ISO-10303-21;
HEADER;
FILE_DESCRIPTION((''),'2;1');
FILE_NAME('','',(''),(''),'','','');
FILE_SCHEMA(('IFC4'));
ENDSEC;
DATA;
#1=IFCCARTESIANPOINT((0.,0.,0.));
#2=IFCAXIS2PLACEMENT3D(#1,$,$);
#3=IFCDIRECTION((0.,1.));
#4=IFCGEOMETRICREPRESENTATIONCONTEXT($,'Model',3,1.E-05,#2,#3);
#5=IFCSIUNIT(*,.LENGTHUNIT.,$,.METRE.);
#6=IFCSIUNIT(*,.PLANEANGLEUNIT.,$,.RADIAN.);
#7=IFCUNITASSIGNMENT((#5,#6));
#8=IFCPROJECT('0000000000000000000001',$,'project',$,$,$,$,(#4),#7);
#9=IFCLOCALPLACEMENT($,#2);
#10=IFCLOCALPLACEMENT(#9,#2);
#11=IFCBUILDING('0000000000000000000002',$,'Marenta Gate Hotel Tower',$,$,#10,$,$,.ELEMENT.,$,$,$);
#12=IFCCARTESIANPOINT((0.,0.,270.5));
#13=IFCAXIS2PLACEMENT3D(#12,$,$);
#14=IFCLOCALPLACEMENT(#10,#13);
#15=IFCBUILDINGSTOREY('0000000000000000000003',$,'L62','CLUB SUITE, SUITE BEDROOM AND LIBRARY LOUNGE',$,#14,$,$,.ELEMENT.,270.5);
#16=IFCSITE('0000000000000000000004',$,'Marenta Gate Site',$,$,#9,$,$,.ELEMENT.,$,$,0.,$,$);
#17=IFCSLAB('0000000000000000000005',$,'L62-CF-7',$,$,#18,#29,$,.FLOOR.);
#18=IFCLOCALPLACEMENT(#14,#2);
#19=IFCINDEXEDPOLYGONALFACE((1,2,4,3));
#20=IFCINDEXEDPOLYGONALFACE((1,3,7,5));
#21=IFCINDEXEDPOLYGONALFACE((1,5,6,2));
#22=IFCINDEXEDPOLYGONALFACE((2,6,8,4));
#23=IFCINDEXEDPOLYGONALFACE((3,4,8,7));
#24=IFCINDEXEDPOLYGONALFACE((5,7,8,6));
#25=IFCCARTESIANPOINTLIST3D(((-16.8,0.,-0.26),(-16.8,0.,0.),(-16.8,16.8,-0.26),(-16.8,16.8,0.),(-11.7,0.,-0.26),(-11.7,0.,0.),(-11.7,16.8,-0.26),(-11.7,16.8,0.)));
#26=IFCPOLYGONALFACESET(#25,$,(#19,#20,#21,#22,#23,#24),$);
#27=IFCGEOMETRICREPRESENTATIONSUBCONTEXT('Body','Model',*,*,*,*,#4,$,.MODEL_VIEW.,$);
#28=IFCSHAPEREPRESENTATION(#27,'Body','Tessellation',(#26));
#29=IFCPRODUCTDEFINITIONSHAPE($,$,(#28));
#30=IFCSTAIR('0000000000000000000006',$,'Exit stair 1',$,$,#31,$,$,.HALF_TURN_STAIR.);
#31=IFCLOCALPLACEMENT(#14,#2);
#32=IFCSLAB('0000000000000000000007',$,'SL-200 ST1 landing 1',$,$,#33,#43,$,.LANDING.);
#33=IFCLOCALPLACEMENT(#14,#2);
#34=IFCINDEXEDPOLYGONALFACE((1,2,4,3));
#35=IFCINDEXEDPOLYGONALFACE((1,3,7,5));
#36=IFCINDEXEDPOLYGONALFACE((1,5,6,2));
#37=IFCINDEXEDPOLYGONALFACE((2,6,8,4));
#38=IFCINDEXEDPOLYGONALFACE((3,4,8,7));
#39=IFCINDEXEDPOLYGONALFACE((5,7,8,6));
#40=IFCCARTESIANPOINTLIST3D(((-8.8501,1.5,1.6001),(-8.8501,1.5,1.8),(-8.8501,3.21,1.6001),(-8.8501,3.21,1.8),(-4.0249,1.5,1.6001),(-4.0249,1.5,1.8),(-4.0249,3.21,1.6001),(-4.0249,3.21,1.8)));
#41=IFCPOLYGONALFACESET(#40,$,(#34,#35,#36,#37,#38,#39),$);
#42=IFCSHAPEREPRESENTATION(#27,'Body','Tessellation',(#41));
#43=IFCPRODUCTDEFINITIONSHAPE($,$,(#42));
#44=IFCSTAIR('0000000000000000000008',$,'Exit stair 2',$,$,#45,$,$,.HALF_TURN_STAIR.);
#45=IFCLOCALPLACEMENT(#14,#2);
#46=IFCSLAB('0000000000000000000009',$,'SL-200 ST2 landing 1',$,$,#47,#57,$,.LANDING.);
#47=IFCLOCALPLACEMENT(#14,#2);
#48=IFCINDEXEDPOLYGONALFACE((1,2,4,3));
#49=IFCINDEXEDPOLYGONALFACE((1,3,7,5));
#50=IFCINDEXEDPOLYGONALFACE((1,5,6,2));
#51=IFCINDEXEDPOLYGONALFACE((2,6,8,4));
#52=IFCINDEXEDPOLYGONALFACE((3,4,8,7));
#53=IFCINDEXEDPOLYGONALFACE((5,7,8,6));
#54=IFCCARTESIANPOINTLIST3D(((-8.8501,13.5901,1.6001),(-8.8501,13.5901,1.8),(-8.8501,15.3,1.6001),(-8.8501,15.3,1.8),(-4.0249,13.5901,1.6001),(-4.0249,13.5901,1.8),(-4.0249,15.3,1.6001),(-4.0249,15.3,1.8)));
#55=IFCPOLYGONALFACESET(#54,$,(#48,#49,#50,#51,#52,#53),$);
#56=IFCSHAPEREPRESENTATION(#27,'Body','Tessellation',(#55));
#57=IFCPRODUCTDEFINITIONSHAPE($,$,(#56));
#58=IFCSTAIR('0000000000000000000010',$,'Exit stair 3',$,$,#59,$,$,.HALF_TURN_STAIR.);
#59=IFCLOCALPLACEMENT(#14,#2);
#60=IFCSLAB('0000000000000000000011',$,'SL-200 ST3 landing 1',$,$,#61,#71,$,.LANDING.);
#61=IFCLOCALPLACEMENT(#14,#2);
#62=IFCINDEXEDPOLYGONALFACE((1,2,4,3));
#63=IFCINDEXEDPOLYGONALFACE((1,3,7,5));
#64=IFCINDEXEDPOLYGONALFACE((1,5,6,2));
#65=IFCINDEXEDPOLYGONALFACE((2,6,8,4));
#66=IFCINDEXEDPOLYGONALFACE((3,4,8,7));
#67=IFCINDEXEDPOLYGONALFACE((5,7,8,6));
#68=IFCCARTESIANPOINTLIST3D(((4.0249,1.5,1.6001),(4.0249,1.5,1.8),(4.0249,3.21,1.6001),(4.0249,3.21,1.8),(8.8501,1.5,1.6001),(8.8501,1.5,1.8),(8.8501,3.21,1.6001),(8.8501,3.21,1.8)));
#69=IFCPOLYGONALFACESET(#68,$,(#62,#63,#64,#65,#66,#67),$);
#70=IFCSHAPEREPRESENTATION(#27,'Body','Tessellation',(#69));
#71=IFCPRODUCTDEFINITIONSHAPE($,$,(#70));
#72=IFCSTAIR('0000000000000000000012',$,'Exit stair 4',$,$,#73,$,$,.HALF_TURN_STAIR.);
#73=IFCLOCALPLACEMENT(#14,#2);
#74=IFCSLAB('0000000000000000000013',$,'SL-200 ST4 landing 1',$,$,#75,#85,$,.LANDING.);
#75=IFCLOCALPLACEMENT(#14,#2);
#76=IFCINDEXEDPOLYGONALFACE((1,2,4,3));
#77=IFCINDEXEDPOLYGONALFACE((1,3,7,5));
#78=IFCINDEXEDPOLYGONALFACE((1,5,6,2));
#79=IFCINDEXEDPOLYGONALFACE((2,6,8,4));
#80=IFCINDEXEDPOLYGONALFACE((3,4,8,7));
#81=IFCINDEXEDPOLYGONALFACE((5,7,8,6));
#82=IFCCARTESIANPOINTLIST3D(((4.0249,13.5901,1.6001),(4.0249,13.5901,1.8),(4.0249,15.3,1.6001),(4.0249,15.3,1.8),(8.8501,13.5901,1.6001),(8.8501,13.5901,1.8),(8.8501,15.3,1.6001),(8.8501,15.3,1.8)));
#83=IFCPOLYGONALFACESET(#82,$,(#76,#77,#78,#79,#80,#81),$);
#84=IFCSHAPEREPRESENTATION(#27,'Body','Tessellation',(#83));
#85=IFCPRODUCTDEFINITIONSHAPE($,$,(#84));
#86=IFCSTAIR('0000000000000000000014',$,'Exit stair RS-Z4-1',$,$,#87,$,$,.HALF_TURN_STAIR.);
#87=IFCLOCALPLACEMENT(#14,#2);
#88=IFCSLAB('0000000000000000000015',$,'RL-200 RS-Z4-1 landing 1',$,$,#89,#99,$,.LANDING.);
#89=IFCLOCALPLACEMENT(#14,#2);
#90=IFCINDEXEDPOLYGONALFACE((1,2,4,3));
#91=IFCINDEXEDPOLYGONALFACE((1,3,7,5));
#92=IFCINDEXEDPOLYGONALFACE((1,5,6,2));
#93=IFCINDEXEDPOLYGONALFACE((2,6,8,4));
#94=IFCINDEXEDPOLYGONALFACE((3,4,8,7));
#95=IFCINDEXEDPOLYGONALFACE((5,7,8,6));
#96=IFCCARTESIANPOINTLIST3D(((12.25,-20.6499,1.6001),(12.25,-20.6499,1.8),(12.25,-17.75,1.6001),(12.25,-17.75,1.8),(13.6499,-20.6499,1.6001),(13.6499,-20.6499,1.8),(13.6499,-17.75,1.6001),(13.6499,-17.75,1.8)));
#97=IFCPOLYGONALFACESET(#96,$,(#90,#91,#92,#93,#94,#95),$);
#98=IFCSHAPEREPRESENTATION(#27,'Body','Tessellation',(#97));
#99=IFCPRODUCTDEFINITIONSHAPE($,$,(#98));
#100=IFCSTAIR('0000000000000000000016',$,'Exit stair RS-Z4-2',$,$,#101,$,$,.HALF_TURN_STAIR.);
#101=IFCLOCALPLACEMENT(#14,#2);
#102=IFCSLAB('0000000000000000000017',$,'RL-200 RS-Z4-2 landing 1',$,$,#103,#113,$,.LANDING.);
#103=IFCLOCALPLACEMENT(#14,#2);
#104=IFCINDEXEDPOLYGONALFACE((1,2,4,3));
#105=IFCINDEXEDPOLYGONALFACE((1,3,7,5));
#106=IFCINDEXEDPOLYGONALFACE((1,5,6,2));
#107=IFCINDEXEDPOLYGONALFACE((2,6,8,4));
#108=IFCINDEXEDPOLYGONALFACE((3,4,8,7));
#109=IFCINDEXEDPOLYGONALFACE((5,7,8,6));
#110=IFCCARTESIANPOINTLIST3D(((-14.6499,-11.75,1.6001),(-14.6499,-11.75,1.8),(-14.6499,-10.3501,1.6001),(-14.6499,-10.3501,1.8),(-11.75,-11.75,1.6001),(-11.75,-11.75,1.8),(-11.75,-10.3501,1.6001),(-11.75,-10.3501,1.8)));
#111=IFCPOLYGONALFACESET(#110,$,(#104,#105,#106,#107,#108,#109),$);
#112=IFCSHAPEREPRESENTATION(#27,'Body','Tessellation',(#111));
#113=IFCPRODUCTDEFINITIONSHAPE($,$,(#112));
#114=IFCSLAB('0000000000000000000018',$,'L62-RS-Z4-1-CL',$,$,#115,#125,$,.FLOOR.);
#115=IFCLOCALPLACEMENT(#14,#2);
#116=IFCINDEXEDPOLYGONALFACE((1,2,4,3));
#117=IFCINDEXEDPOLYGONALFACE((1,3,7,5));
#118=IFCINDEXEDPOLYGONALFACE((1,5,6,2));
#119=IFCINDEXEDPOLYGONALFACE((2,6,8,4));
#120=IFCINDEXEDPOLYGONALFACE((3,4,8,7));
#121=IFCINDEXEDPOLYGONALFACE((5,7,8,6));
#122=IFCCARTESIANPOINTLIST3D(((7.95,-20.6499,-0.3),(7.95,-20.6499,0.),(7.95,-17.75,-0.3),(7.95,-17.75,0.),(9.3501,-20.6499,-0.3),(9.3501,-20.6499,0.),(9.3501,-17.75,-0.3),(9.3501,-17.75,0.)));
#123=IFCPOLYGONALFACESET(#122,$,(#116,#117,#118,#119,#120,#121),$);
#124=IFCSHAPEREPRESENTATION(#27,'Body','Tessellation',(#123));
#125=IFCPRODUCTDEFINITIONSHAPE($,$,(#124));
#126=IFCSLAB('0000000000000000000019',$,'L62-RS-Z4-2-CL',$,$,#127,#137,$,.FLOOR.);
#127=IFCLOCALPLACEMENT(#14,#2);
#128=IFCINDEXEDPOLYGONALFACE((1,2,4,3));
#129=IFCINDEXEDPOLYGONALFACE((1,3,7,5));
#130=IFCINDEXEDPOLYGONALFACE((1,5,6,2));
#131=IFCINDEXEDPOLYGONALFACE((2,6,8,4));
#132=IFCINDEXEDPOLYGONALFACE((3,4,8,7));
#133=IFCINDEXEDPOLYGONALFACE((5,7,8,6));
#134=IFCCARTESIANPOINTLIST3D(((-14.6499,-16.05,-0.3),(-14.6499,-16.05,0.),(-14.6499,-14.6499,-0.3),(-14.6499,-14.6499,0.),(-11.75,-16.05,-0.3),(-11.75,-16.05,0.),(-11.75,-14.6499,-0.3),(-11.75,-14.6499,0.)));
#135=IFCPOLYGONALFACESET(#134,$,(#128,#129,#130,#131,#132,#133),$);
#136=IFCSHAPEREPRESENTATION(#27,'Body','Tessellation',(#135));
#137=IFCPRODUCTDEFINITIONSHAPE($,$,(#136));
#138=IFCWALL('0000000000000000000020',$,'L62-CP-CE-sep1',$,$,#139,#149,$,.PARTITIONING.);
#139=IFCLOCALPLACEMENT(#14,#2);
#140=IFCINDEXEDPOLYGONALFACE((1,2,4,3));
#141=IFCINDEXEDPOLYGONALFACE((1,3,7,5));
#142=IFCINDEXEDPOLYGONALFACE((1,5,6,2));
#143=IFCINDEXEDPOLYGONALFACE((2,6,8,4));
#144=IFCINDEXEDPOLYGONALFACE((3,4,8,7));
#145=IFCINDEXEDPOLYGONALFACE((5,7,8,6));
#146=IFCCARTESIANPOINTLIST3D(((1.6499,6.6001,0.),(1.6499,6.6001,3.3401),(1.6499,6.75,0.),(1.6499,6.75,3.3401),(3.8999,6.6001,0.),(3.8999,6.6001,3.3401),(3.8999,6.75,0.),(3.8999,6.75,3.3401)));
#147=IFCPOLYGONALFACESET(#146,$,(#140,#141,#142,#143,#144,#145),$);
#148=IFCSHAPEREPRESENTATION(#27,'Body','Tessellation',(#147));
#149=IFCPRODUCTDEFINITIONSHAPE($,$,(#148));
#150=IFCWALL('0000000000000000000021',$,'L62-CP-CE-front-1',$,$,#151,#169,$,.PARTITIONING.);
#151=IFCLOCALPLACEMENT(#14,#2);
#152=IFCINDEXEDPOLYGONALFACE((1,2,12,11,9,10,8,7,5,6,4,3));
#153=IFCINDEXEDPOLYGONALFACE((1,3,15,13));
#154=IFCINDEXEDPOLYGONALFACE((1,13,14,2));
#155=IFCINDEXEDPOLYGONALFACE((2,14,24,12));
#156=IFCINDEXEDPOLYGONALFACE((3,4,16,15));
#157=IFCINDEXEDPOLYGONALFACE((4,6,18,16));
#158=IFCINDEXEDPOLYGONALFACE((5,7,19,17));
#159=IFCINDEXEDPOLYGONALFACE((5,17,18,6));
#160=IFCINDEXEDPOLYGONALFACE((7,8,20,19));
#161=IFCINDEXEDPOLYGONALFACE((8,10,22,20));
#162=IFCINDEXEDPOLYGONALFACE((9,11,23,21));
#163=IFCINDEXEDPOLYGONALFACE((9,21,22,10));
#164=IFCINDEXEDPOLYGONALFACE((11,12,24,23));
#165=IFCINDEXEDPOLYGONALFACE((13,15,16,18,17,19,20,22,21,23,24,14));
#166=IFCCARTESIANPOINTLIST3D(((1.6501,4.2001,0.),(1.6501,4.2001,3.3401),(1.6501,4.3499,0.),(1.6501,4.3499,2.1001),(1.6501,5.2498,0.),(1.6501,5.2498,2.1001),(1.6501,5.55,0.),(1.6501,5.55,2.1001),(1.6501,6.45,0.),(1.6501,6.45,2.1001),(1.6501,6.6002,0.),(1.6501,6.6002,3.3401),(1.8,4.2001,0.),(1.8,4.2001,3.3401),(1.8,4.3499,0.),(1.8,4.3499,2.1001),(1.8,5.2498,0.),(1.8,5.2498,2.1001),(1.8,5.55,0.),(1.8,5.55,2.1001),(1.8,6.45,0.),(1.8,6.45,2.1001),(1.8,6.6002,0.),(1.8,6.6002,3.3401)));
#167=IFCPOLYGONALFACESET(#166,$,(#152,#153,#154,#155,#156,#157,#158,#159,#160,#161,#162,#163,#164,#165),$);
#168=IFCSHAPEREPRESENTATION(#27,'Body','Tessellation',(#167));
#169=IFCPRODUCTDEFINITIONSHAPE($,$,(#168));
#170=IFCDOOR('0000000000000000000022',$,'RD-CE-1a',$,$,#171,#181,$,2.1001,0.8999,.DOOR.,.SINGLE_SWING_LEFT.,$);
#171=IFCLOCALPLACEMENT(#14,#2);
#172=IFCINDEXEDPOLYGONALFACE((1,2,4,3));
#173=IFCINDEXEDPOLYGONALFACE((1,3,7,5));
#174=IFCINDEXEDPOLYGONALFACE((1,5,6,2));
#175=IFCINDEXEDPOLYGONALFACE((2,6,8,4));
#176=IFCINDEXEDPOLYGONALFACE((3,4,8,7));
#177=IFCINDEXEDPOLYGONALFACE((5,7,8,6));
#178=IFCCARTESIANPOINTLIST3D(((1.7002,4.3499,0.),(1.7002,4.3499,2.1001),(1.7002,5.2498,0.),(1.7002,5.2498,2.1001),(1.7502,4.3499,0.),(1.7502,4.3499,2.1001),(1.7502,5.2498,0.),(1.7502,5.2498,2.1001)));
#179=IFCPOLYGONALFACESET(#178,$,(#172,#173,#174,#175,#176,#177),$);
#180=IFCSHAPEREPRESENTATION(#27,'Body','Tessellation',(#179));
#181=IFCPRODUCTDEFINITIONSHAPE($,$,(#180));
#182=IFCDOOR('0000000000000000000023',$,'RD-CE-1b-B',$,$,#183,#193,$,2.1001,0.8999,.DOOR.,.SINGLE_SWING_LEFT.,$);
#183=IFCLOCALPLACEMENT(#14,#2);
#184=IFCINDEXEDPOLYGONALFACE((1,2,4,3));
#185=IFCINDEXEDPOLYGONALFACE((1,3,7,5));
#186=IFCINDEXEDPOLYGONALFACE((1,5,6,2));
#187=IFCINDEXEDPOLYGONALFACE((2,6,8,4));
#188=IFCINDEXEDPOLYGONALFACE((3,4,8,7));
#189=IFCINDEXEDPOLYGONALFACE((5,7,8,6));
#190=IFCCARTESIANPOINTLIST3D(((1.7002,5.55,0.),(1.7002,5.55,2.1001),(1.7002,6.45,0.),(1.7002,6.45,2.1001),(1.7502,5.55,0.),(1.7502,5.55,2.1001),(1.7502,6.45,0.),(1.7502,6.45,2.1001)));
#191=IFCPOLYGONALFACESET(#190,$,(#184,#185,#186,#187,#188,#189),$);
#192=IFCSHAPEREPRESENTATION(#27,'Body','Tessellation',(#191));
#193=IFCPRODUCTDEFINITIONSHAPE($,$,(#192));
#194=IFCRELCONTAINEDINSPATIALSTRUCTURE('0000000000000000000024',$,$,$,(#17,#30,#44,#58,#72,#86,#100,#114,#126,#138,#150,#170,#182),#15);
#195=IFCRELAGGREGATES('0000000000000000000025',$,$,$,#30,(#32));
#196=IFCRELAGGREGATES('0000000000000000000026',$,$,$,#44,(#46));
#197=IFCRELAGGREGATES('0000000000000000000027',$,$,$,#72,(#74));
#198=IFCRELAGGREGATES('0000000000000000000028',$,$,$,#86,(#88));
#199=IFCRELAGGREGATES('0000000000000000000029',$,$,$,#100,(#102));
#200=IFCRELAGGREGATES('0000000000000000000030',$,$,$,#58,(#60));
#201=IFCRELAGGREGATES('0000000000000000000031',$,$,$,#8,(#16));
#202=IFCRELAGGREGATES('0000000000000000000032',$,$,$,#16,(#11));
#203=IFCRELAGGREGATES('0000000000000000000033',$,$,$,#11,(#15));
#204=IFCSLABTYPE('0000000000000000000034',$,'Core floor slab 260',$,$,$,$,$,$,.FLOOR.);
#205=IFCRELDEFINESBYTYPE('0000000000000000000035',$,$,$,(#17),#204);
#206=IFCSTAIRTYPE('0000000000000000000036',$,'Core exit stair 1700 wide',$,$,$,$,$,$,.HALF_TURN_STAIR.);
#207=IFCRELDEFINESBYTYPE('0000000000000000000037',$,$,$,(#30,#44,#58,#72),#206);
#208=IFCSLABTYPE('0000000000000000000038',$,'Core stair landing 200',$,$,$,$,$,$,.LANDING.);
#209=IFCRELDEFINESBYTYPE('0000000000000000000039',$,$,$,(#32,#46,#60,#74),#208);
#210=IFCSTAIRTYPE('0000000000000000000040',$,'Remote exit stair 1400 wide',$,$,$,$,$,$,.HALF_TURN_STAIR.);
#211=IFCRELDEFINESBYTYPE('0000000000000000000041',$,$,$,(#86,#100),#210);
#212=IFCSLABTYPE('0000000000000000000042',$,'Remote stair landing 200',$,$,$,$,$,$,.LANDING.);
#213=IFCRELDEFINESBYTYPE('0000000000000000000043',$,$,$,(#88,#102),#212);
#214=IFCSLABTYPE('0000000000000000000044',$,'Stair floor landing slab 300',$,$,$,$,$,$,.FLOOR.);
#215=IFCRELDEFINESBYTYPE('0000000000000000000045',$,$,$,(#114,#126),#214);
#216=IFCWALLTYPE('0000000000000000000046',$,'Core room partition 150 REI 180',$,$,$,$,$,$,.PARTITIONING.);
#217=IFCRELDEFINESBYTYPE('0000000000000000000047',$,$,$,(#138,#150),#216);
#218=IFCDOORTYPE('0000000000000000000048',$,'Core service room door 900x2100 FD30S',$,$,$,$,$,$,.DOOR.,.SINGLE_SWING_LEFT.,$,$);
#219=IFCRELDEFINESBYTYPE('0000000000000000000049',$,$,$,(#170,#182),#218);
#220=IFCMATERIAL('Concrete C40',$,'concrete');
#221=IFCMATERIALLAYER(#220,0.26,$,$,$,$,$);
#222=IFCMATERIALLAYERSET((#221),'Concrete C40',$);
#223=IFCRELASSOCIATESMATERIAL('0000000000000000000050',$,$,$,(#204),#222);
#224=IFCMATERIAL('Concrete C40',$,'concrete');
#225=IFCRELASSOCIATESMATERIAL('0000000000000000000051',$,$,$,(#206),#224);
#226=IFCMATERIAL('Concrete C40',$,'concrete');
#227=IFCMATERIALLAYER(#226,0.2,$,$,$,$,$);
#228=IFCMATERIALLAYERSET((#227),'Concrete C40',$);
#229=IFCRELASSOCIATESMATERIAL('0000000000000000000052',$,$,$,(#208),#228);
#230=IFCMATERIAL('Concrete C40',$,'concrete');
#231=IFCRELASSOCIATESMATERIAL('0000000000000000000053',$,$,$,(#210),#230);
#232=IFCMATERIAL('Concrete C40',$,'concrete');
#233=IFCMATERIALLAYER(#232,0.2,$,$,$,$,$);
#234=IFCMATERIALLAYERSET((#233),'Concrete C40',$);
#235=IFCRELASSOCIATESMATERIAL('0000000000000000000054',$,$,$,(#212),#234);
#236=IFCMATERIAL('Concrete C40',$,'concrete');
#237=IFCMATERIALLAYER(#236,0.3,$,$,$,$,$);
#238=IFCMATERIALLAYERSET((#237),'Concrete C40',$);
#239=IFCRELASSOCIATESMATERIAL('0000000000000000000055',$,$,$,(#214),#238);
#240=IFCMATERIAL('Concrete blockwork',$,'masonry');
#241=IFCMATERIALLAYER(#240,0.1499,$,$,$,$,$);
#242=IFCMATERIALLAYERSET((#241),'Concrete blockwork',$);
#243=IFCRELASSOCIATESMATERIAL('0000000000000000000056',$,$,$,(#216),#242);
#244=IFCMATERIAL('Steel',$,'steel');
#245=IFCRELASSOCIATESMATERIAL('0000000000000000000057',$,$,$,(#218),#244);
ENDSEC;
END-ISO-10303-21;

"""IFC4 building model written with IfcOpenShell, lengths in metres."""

from ifc_helpers import new_model, si_unit, direction, frame, frame_2d, origin, place, context, subcontext, project, spatial, polyline, rectangle, outline, extrude, material, layer, layer_set, type_object, element, fill, aggregate, save


model = new_model("IFC4")

# Units and contexts
model_context = context("Model", 3, precision=1e-05, world=origin(), true_north=direction((0.0, 1.0)))
body_context = subcontext(model_context, "Body", "Model", "MODEL_VIEW")
ifc_project = project(units=[si_unit("LENGTHUNIT", "METRE"), si_unit("PLANEANGLEUNIT", "RADIAN")], contexts=[model_context])

# Site, building, storey
site_placement = place(None, origin())
site = spatial("IfcSite", under=ifc_project, at=site_placement, Name="Marenta Gate Site", CompositionType="ELEMENT", RefElevation=0.0)
building_placement = place(site_placement, origin())
building = spatial("IfcBuilding", under=site, at=building_placement, Name="Marenta Gate Hotel Tower", CompositionType="ELEMENT")
storey_placement = place(building_placement, frame((0.0, 0.0, 270.5)))
storey = spatial("IfcBuildingStorey", under=building, at=storey_placement, Name="L62", Description="CLUB SUITE, SUITE BEDROOM AND LIBRARY LOUNGE", CompositionType="ELEMENT", Elevation=270.5)

# Slab
ifc_material_1 = material(Name="Concrete C40", Category="concrete")
ifc_layer_1 = layer(ifc_material_1, 0.26)
ifc_layer_set_1 = layer_set([ifc_layer_1], Name="Concrete C40")
slab_type_1 = type_object("IfcSlabType", Name="Core floor slab 260", PredefinedType="FLOOR", material=ifc_layer_set_1)
slab_1_placement = place(storey_placement, frame((0.0, 0.0, -0.26)))
element("IfcSlab", 1, at=slab_1_placement, inside=storey, type_object=slab_type_1, Name="L62-CF-7", PredefinedType="FLOOR", context=body_context, shape_type="SweptSolid", body=[
    extrude(outline(polyline([(-11.7, 16.8), (-11.7, 0.0), (-16.8, 0.0), (-16.8, 16.8), (-11.7, 16.8)])), origin(), (0.0, 0.0, 1.0), 0.26),
])

# Stairs, slabs
ifc_material_2 = material(Name="Concrete C40", Category="concrete")
stair_type_1 = type_object("IfcStairType", Name="Core exit stair 1700 wide", PredefinedType="HALF_TURN_STAIR", material=ifc_material_2)
stair_1_placement = place(storey_placement, origin())
stair_1 = element("IfcStair", 2, at=stair_1_placement, inside=storey, type_object=stair_type_1, Name="Exit stair 1", PredefinedType="HALF_TURN_STAIR")
ifc_material_3 = material(Name="Concrete C40", Category="concrete")
ifc_layer_2 = layer(ifc_material_3, 0.2)
ifc_layer_set_2 = layer_set([ifc_layer_2], Name="Concrete C40")
slab_type_2 = type_object("IfcSlabType", Name="Core stair landing 200", PredefinedType="LANDING", material=ifc_layer_set_2)
slab_2_placement = place(storey_placement, frame((0.0, 0.0, 1.6001)))
slab_2 = element("IfcSlab", 3, at=slab_2_placement, type_object=slab_type_2, Name="SL-200 ST1 landing 1", PredefinedType="LANDING", context=body_context, shape_type="SweptSolid", body=[
    extrude(outline(polyline([(-8.8501, 1.5), (-4.0249, 1.5), (-4.0249, 3.21), (-8.8501, 3.21), (-8.8501, 1.5)])), origin(), (0.0, 0.0, 1.0), 0.2),
])
aggregate(stair_1, [slab_2])
stair_2_placement = place(storey_placement, origin())
stair_2 = element("IfcStair", 4, at=stair_2_placement, inside=storey, type_object=stair_type_1, Name="Exit stair 2", PredefinedType="HALF_TURN_STAIR")
slab_3_placement = place(storey_placement, frame((0.0, 0.0, 1.6001)))
slab_3 = element("IfcSlab", 5, at=slab_3_placement, type_object=slab_type_2, Name="SL-200 ST2 landing 1", PredefinedType="LANDING", context=body_context, shape_type="SweptSolid", body=[
    extrude(outline(polyline([(-8.8501, 13.5901), (-4.0249, 13.5901), (-4.0249, 15.3), (-8.8501, 15.3), (-8.8501, 13.5901)])), origin(), (0.0, 0.0, 1.0), 0.2),
])
aggregate(stair_2, [slab_3])
stair_3_placement = place(storey_placement, origin())
stair_3 = element("IfcStair", 6, at=stair_3_placement, inside=storey, type_object=stair_type_1, Name="Exit stair 3", PredefinedType="HALF_TURN_STAIR")
slab_4_placement = place(storey_placement, frame((0.0, 0.0, 1.6001)))
slab_4 = element("IfcSlab", 7, at=slab_4_placement, type_object=slab_type_2, Name="SL-200 ST3 landing 1", PredefinedType="LANDING", context=body_context, shape_type="SweptSolid", body=[
    extrude(outline(polyline([(4.0249, 1.5), (8.8501, 1.5), (8.8501, 3.21), (4.0249, 3.21), (4.0249, 1.5)])), origin(), (0.0, 0.0, 1.0), 0.2),
])
stair_4_placement = place(storey_placement, origin())
stair_4 = element("IfcStair", 8, at=stair_4_placement, inside=storey, type_object=stair_type_1, Name="Exit stair 4", PredefinedType="HALF_TURN_STAIR")
slab_5_placement = place(storey_placement, frame((0.0, 0.0, 1.6001)))
slab_5 = element("IfcSlab", 9, at=slab_5_placement, type_object=slab_type_2, Name="SL-200 ST4 landing 1", PredefinedType="LANDING", context=body_context, shape_type="SweptSolid", body=[
    extrude(outline(polyline([(4.0249, 13.5901), (8.8501, 13.5901), (8.8501, 15.3), (4.0249, 15.3), (4.0249, 13.5901)])), origin(), (0.0, 0.0, 1.0), 0.2),
])
aggregate(stair_4, [slab_5])
ifc_material_4 = material(Name="Concrete C40", Category="concrete")
stair_type_2 = type_object("IfcStairType", Name="Remote exit stair 1400 wide", PredefinedType="HALF_TURN_STAIR", material=ifc_material_4)
stair_5_placement = place(storey_placement, origin())
stair_5 = element("IfcStair", 10, at=stair_5_placement, inside=storey, type_object=stair_type_2, Name="Exit stair RS-Z4-1", PredefinedType="HALF_TURN_STAIR")
ifc_material_5 = material(Name="Concrete C40", Category="concrete")
ifc_layer_3 = layer(ifc_material_5, 0.2)
ifc_layer_set_3 = layer_set([ifc_layer_3], Name="Concrete C40")
slab_type_3 = type_object("IfcSlabType", Name="Remote stair landing 200", PredefinedType="LANDING", material=ifc_layer_set_3)
slab_6_placement = place(storey_placement, frame((0.0, 0.0, 1.6001)))
slab_6 = element("IfcSlab", 11, at=slab_6_placement, type_object=slab_type_3, Name="RL-200 RS-Z4-1 landing 1", PredefinedType="LANDING", context=body_context, shape_type="SweptSolid", body=[
    extrude(outline(polyline([(12.25, -20.6499), (13.6499, -20.6499), (13.6499, -17.75), (12.25, -17.75), (12.25, -20.6499)])), origin(), (0.0, 0.0, 1.0), 0.2),
])
aggregate(stair_5, [slab_6])
stair_6_placement = place(storey_placement, origin())
stair_6 = element("IfcStair", 12, at=stair_6_placement, inside=storey, type_object=stair_type_2, Name="Exit stair RS-Z4-2", PredefinedType="HALF_TURN_STAIR")
slab_7_placement = place(storey_placement, frame((0.0, 0.0, 1.6001)))
slab_7 = element("IfcSlab", 13, at=slab_7_placement, type_object=slab_type_3, Name="RL-200 RS-Z4-2 landing 1", PredefinedType="LANDING", context=body_context, shape_type="SweptSolid", body=[
    extrude(outline(polyline([(-14.6499, -11.75), (-11.75, -11.75), (-11.75, -10.3501), (-14.6499, -10.3501), (-14.6499, -11.75)])), origin(), (0.0, 0.0, 1.0), 0.2),
])
aggregate(stair_6, [slab_7])

# Slabs
ifc_material_6 = material(Name="Concrete C40", Category="concrete")
ifc_layer_4 = layer(ifc_material_6, 0.3)
ifc_layer_set_4 = layer_set([ifc_layer_4], Name="Concrete C40")
slab_type_4 = type_object("IfcSlabType", Name="Stair floor landing slab 300", PredefinedType="FLOOR", material=ifc_layer_set_4)
slab_8_placement = place(storey_placement, frame((0.0, 0.0, -0.3)))
element("IfcSlab", 14, at=slab_8_placement, inside=storey, type_object=slab_type_4, Name="L62-RS-Z4-1-CL", PredefinedType="FLOOR", context=body_context, shape_type="SweptSolid", body=[
    extrude(outline(polyline([(9.3501, -20.6499), (9.3501, -17.75), (7.95, -17.75), (7.95, -20.6499), (9.3501, -20.6499)])), origin(), (0.0, 0.0, 1.0), 0.3),
])
slab_9_placement = place(storey_placement, frame((0.0, 0.0, -0.3)))
element("IfcSlab", 15, at=slab_9_placement, inside=storey, type_object=slab_type_4, Name="L62-RS-Z4-2-CL", PredefinedType="FLOOR", context=body_context, shape_type="SweptSolid", body=[
    extrude(outline(polyline([(-11.75, -16.05), (-11.75, -14.6499), (-14.6499, -14.6499), (-14.6499, -16.05), (-11.75, -16.05)])), origin(), (0.0, 0.0, 1.0), 0.3),
])

# Wall
ifc_material_7 = material(Name="Concrete blockwork", Category="masonry")
ifc_layer_5 = layer(ifc_material_7, 0.1499)
ifc_layer_set_5 = layer_set([ifc_layer_5], Name="Concrete blockwork")
wall_type_1 = type_object("IfcWallType", Name="Core room partition 150 REI 180", PredefinedType="PARTITIONING", material=ifc_layer_set_5)
wall_1_placement = place(storey_placement, frame((1.6499, 6.675, 0.0), z_axis=(0.0, 0.0, 1.0), x_axis=(1.0, 0.0, 0.0)))
element("IfcWall", 16, at=wall_1_placement, inside=storey, type_object=wall_type_1, Name="L62-CP-CE-sep1", PredefinedType="PARTITIONING", context=body_context, shape_type="SweptSolid", body=[
    extrude(rectangle(XDim=2.25, YDim=0.1499, at=frame_2d((1.125, 0.0))), origin(), (0.0, 0.0, 1.0), 3.3401),
])

# Wall, openings, doors
wall_2_placement = place(storey_placement, frame((1.7251, 4.2, 0.0), z_axis=(0.0, 0.0, 1.0), x_axis=(0.0, 1.0, 0.0)))
wall_2 = element("IfcWall", 17, at=wall_2_placement, inside=storey, type_object=wall_type_1, Name="L62-CP-CE-front-1", PredefinedType="PARTITIONING", context=body_context, shape_type="SweptSolid", body=[
    extrude(rectangle(XDim=2.4001, YDim=0.1499, at=frame_2d((1.2002, 0.0))), origin(), (0.0, 0.0, 1.0), 3.3401),
])
opening_1_placement = place(wall_2_placement, frame((0.1499, 0.0, 0.0)))
opening_1 = element("IfcOpeningElement", 18, at=opening_1_placement, cuts=wall_2, PredefinedType="OPENING", context=body_context, shape_type="SweptSolid", body=[
    extrude(rectangle(XDim=0.8999, YDim=2.1001, at=frame_2d((0.45, 1.05))), frame((0.0, 0.075, 0.0), z_axis=(0.0, -1.0, 0.0), x_axis=(1.0, 0.0, 0.0)), (0.0, 0.0, 1.0), 0.1499),
])
opening_2_placement = place(wall_2_placement, frame((1.3501, 0.0, 0.0)))
opening_2 = element("IfcOpeningElement", 19, at=opening_2_placement, cuts=wall_2, PredefinedType="OPENING", context=body_context, shape_type="SweptSolid", body=[
    extrude(rectangle(XDim=0.8999, YDim=2.1001, at=frame_2d((0.45, 1.05))), frame((0.0, 0.075, 0.0), z_axis=(0.0, -1.0, 0.0), x_axis=(1.0, 0.0, 0.0)), (0.0, 0.0, 1.0), 0.1499),
])
ifc_material_8 = material(Name="Steel", Category="steel")
door_type_1 = type_object("IfcDoorType", Name="Core service room door 900x2100 FD30S", OperationType="SINGLE_SWING_LEFT", PredefinedType="DOOR", material=ifc_material_8)
door_1_placement = place(opening_1_placement, origin())
door_1 = element("IfcDoor", 20, at=door_1_placement, inside=storey, type_object=door_type_1, Name="RD-CE-1a", OperationType="SINGLE_SWING_LEFT", OverallHeight=2.1001, OverallWidth=0.8999, PredefinedType="DOOR", context=body_context, shape_type="SweptSolid", body=[
    extrude(rectangle(XDim=0.8999, YDim=2.1001, at=frame_2d((0.45, 1.05))), frame((0.0, 0.0249, 0.0), z_axis=(0.0, -1.0, 0.0), x_axis=(1.0, 0.0, 0.0)), (0.0, 0.0, 1.0), 0.05),
])
fill(opening_1, door_1)
door_2_placement = place(opening_2_placement, origin())
door_2 = element("IfcDoor", 21, at=door_2_placement, inside=storey, type_object=door_type_1, Name="RD-CE-1b-B", OperationType="SINGLE_SWING_LEFT", OverallHeight=2.1001, OverallWidth=0.8999, PredefinedType="DOOR", context=body_context, shape_type="SweptSolid", body=[
    extrude(rectangle(XDim=0.8999, YDim=2.1001, at=frame_2d((0.45, 1.05))), frame((0.0, 0.0249, 0.0), z_axis=(0.0, -1.0, 0.0), x_axis=(1.0, 0.0, 0.0)), (0.0, 0.0, 1.0), 0.05),
])
fill(opening_2, door_2)

aggregate(stair_3, [slab_4])

save(model, "model.ifc")
